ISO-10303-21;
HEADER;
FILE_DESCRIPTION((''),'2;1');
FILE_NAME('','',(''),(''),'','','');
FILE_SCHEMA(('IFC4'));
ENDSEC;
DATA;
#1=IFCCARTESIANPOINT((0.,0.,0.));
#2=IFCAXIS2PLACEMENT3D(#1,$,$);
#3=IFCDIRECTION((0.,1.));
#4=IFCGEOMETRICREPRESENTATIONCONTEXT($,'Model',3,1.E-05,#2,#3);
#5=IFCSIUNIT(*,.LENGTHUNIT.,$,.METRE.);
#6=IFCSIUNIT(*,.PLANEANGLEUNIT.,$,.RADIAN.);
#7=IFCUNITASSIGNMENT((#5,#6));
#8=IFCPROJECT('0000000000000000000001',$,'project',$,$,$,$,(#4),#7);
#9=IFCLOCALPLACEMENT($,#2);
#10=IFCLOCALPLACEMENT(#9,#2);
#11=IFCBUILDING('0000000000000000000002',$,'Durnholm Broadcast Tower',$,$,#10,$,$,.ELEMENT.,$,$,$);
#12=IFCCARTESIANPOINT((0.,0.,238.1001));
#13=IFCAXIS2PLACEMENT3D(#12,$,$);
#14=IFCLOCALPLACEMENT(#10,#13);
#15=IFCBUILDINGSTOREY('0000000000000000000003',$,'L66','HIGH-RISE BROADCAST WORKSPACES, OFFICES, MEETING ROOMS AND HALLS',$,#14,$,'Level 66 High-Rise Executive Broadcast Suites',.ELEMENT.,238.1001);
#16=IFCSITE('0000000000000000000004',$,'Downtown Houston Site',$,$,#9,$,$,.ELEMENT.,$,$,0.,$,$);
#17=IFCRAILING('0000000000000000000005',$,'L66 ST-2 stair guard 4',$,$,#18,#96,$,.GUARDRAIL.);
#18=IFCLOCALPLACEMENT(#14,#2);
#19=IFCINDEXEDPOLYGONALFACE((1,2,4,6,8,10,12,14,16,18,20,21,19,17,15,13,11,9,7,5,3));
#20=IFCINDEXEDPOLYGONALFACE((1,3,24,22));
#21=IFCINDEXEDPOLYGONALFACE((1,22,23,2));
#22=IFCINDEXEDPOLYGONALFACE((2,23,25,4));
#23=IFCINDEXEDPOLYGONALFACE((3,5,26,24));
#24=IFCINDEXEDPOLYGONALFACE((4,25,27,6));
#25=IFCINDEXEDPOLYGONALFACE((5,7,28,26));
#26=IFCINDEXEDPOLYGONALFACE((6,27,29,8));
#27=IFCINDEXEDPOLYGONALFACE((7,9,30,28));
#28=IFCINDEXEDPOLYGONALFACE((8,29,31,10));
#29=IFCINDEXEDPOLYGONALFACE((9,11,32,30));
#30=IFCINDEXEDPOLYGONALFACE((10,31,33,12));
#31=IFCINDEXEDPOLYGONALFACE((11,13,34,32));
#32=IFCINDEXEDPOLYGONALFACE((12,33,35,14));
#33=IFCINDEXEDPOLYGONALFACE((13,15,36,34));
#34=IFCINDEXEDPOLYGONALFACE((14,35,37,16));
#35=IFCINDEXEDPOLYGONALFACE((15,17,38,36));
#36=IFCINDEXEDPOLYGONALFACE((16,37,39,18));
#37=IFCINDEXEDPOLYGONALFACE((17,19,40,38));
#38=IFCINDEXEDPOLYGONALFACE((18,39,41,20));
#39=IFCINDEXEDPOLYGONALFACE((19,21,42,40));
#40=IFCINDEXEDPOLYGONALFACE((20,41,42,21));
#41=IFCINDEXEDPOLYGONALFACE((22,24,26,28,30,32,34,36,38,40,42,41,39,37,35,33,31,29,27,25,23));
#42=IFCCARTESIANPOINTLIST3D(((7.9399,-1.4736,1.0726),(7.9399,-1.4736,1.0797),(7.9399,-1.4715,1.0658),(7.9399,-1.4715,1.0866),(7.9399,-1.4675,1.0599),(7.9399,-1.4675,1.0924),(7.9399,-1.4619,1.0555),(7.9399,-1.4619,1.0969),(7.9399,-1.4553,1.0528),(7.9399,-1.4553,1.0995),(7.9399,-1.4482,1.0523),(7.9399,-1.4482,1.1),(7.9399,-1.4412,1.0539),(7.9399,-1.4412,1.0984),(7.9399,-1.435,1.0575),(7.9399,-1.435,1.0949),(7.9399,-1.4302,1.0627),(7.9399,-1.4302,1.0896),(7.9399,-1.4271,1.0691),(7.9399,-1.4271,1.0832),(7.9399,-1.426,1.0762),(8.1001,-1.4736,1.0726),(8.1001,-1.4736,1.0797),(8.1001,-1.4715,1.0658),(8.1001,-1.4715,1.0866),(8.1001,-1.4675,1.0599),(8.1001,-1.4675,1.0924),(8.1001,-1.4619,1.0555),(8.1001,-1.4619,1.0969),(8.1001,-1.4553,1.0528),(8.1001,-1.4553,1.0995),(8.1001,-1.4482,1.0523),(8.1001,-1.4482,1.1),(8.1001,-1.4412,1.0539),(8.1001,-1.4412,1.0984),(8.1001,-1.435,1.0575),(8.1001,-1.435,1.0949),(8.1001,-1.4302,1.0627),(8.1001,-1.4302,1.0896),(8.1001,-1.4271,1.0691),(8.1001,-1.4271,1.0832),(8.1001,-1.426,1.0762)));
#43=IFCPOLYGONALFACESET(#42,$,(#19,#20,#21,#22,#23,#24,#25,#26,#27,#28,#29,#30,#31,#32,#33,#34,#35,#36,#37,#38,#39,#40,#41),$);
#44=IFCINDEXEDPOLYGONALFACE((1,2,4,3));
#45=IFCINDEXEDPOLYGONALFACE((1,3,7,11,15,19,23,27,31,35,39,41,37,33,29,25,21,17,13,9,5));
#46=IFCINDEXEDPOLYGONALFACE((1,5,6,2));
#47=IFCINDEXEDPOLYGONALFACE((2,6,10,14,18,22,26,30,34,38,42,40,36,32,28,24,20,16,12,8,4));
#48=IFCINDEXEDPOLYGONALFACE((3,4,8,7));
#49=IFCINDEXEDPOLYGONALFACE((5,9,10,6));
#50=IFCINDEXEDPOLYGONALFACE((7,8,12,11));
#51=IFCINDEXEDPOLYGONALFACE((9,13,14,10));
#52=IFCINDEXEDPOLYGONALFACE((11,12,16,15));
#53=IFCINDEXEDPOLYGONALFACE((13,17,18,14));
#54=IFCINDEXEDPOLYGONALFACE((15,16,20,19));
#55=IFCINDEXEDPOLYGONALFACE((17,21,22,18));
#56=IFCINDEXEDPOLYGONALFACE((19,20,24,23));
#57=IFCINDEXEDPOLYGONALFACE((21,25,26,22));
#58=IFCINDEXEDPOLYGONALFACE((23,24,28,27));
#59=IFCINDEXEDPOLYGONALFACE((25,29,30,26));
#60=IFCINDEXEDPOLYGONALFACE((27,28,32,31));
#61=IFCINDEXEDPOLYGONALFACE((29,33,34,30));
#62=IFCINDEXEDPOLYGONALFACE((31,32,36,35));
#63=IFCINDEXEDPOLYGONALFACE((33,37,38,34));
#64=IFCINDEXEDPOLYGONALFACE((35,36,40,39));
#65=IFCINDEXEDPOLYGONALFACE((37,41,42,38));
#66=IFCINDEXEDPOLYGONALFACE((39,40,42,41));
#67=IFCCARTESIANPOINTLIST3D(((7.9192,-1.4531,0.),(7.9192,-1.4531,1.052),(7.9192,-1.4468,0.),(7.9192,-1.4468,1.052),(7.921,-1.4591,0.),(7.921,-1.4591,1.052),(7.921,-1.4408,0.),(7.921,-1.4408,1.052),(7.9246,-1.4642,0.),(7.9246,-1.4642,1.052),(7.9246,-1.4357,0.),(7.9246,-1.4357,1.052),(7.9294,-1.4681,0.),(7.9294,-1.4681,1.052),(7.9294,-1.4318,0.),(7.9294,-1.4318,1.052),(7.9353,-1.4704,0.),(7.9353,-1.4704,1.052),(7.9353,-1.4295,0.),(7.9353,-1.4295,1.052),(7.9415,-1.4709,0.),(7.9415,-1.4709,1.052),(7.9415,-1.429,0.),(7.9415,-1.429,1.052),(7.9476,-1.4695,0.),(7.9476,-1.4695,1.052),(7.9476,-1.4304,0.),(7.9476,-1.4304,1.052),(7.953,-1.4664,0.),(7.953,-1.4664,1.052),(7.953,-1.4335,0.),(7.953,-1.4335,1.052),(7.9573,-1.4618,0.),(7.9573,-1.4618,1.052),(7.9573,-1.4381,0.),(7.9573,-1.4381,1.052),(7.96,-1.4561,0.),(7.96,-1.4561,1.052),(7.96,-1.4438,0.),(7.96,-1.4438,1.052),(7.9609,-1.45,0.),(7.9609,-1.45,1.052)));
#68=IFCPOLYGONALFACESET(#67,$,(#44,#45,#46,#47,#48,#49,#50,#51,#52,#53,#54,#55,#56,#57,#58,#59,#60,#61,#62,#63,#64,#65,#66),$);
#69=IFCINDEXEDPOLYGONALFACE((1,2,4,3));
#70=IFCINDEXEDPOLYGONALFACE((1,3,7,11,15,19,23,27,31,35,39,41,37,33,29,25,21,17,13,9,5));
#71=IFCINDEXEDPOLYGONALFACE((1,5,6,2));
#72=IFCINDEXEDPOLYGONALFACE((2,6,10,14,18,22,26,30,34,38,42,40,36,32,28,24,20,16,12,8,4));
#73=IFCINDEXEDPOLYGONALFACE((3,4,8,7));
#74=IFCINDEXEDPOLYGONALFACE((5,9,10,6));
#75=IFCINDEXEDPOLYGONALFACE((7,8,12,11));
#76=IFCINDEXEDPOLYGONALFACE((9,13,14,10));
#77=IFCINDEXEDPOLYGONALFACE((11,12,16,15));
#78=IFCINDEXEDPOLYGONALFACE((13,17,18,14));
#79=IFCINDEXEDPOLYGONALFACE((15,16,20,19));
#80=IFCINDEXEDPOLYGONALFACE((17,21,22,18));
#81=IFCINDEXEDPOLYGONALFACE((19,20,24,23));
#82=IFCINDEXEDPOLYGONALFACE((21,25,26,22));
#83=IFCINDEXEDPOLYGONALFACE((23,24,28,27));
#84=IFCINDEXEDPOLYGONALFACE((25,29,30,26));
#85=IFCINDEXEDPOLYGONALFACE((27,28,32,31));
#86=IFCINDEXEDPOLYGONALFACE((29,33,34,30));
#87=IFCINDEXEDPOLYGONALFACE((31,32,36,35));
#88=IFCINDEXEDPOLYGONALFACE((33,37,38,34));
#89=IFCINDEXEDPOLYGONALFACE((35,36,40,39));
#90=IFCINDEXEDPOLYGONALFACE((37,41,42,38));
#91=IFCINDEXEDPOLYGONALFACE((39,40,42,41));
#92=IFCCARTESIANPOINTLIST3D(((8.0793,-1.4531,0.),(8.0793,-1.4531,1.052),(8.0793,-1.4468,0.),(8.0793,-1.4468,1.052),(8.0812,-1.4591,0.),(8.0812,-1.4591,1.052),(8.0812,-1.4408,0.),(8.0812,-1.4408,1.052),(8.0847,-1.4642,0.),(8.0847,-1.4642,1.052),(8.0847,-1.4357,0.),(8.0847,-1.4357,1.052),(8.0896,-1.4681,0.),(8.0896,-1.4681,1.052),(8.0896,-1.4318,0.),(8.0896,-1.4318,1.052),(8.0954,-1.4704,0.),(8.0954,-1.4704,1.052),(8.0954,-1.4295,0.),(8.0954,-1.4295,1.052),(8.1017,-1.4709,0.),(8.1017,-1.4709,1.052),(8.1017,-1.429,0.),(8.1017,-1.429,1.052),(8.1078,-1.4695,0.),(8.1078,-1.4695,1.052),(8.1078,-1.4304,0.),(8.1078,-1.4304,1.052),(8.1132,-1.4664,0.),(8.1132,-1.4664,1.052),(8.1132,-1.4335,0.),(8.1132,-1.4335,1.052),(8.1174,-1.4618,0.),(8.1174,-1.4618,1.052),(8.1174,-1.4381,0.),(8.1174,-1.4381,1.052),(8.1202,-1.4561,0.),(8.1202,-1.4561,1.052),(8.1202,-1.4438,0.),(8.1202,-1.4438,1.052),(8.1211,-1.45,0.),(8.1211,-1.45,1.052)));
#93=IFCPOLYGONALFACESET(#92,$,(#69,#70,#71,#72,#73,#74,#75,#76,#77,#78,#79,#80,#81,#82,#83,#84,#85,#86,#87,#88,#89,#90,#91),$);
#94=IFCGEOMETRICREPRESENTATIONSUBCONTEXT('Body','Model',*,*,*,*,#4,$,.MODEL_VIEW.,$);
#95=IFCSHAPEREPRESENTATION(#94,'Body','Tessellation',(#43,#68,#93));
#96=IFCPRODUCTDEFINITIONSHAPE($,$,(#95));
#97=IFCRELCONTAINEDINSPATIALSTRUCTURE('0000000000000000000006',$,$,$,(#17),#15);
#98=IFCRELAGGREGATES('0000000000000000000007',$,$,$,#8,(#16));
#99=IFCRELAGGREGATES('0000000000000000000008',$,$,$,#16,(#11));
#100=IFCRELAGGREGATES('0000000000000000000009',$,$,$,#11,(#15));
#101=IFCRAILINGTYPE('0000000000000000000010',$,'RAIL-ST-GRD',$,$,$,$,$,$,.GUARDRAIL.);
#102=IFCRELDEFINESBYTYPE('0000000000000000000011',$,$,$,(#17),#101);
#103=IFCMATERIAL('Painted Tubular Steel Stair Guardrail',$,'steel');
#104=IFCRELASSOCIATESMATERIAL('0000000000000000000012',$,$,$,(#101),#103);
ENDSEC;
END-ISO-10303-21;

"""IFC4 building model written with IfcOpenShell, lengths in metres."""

from ifc_helpers import new_model, si_unit, direction, frame, origin, origin_2d, place, context, subcontext, project, spatial, circle, extrude, material, type_object, element, save


model = new_model("IFC4")

# Units and contexts
model_context = context("Model", 3, precision=1e-05, world=origin(), true_north=direction((0.0, 1.0)))
body_context = subcontext(model_context, "Body", "Model", "MODEL_VIEW")
ifc_project = project(units=[si_unit("LENGTHUNIT", "METRE"), si_unit("PLANEANGLEUNIT", "RADIAN")], contexts=[model_context])

# Site, building, storey
site_placement = place(None, origin())
site = spatial("IfcSite", under=ifc_project, at=site_placement, Name="Downtown Houston Site", CompositionType="ELEMENT", RefElevation=0.0)
building_placement = place(site_placement, origin())
building = spatial("IfcBuilding", under=site, at=building_placement, Name="Durnholm Broadcast Tower", CompositionType="ELEMENT")
storey_placement = place(building_placement, frame((0.0, 0.0, 238.1001)))
storey = spatial("IfcBuildingStorey", under=building, at=storey_placement, Name="L66", Description="HIGH-RISE BROADCAST WORKSPACES, OFFICES, MEETING ROOMS AND HALLS", LongName="Level 66 High-Rise Executive Broadcast Suites", CompositionType="ELEMENT", Elevation=238.1001)

# Railing
ifc_material_1 = material(Name="Painted Tubular Steel Stair Guardrail", Category="steel")
railing_type_1 = type_object("IfcRailingType", Name="RAIL-ST-GRD", PredefinedType="GUARDRAIL", material=ifc_material_1)
railing_1_placement = place(storey_placement, frame((7.9399, -1.45, 0.0)))
element("IfcRailing", 1, at=railing_1_placement, inside=storey, type_object=railing_type_1, Name="L66 ST-2 stair guard 4", PredefinedType="GUARDRAIL", context=body_context, shape_type="SweptSolid", body=[
    extrude(circle(Radius=0.0239, at=origin_2d()), frame((0.0, 0.0, 1.0762), z_axis=(1.0, 0.0, 0.0), x_axis=(0.0, 1.0, 0.0)), (0.0, 0.0, 1.0), 0.1602),
    extrude(circle(Radius=0.021, at=origin_2d()), origin(), (0.0, 0.0, 1.0), 1.052),
    extrude(circle(Radius=0.021, at=origin_2d()), frame((0.1602, 0.0, 0.0)), (0.0, 0.0, 1.0), 1.052),
])

save(model, "model.ifc")
